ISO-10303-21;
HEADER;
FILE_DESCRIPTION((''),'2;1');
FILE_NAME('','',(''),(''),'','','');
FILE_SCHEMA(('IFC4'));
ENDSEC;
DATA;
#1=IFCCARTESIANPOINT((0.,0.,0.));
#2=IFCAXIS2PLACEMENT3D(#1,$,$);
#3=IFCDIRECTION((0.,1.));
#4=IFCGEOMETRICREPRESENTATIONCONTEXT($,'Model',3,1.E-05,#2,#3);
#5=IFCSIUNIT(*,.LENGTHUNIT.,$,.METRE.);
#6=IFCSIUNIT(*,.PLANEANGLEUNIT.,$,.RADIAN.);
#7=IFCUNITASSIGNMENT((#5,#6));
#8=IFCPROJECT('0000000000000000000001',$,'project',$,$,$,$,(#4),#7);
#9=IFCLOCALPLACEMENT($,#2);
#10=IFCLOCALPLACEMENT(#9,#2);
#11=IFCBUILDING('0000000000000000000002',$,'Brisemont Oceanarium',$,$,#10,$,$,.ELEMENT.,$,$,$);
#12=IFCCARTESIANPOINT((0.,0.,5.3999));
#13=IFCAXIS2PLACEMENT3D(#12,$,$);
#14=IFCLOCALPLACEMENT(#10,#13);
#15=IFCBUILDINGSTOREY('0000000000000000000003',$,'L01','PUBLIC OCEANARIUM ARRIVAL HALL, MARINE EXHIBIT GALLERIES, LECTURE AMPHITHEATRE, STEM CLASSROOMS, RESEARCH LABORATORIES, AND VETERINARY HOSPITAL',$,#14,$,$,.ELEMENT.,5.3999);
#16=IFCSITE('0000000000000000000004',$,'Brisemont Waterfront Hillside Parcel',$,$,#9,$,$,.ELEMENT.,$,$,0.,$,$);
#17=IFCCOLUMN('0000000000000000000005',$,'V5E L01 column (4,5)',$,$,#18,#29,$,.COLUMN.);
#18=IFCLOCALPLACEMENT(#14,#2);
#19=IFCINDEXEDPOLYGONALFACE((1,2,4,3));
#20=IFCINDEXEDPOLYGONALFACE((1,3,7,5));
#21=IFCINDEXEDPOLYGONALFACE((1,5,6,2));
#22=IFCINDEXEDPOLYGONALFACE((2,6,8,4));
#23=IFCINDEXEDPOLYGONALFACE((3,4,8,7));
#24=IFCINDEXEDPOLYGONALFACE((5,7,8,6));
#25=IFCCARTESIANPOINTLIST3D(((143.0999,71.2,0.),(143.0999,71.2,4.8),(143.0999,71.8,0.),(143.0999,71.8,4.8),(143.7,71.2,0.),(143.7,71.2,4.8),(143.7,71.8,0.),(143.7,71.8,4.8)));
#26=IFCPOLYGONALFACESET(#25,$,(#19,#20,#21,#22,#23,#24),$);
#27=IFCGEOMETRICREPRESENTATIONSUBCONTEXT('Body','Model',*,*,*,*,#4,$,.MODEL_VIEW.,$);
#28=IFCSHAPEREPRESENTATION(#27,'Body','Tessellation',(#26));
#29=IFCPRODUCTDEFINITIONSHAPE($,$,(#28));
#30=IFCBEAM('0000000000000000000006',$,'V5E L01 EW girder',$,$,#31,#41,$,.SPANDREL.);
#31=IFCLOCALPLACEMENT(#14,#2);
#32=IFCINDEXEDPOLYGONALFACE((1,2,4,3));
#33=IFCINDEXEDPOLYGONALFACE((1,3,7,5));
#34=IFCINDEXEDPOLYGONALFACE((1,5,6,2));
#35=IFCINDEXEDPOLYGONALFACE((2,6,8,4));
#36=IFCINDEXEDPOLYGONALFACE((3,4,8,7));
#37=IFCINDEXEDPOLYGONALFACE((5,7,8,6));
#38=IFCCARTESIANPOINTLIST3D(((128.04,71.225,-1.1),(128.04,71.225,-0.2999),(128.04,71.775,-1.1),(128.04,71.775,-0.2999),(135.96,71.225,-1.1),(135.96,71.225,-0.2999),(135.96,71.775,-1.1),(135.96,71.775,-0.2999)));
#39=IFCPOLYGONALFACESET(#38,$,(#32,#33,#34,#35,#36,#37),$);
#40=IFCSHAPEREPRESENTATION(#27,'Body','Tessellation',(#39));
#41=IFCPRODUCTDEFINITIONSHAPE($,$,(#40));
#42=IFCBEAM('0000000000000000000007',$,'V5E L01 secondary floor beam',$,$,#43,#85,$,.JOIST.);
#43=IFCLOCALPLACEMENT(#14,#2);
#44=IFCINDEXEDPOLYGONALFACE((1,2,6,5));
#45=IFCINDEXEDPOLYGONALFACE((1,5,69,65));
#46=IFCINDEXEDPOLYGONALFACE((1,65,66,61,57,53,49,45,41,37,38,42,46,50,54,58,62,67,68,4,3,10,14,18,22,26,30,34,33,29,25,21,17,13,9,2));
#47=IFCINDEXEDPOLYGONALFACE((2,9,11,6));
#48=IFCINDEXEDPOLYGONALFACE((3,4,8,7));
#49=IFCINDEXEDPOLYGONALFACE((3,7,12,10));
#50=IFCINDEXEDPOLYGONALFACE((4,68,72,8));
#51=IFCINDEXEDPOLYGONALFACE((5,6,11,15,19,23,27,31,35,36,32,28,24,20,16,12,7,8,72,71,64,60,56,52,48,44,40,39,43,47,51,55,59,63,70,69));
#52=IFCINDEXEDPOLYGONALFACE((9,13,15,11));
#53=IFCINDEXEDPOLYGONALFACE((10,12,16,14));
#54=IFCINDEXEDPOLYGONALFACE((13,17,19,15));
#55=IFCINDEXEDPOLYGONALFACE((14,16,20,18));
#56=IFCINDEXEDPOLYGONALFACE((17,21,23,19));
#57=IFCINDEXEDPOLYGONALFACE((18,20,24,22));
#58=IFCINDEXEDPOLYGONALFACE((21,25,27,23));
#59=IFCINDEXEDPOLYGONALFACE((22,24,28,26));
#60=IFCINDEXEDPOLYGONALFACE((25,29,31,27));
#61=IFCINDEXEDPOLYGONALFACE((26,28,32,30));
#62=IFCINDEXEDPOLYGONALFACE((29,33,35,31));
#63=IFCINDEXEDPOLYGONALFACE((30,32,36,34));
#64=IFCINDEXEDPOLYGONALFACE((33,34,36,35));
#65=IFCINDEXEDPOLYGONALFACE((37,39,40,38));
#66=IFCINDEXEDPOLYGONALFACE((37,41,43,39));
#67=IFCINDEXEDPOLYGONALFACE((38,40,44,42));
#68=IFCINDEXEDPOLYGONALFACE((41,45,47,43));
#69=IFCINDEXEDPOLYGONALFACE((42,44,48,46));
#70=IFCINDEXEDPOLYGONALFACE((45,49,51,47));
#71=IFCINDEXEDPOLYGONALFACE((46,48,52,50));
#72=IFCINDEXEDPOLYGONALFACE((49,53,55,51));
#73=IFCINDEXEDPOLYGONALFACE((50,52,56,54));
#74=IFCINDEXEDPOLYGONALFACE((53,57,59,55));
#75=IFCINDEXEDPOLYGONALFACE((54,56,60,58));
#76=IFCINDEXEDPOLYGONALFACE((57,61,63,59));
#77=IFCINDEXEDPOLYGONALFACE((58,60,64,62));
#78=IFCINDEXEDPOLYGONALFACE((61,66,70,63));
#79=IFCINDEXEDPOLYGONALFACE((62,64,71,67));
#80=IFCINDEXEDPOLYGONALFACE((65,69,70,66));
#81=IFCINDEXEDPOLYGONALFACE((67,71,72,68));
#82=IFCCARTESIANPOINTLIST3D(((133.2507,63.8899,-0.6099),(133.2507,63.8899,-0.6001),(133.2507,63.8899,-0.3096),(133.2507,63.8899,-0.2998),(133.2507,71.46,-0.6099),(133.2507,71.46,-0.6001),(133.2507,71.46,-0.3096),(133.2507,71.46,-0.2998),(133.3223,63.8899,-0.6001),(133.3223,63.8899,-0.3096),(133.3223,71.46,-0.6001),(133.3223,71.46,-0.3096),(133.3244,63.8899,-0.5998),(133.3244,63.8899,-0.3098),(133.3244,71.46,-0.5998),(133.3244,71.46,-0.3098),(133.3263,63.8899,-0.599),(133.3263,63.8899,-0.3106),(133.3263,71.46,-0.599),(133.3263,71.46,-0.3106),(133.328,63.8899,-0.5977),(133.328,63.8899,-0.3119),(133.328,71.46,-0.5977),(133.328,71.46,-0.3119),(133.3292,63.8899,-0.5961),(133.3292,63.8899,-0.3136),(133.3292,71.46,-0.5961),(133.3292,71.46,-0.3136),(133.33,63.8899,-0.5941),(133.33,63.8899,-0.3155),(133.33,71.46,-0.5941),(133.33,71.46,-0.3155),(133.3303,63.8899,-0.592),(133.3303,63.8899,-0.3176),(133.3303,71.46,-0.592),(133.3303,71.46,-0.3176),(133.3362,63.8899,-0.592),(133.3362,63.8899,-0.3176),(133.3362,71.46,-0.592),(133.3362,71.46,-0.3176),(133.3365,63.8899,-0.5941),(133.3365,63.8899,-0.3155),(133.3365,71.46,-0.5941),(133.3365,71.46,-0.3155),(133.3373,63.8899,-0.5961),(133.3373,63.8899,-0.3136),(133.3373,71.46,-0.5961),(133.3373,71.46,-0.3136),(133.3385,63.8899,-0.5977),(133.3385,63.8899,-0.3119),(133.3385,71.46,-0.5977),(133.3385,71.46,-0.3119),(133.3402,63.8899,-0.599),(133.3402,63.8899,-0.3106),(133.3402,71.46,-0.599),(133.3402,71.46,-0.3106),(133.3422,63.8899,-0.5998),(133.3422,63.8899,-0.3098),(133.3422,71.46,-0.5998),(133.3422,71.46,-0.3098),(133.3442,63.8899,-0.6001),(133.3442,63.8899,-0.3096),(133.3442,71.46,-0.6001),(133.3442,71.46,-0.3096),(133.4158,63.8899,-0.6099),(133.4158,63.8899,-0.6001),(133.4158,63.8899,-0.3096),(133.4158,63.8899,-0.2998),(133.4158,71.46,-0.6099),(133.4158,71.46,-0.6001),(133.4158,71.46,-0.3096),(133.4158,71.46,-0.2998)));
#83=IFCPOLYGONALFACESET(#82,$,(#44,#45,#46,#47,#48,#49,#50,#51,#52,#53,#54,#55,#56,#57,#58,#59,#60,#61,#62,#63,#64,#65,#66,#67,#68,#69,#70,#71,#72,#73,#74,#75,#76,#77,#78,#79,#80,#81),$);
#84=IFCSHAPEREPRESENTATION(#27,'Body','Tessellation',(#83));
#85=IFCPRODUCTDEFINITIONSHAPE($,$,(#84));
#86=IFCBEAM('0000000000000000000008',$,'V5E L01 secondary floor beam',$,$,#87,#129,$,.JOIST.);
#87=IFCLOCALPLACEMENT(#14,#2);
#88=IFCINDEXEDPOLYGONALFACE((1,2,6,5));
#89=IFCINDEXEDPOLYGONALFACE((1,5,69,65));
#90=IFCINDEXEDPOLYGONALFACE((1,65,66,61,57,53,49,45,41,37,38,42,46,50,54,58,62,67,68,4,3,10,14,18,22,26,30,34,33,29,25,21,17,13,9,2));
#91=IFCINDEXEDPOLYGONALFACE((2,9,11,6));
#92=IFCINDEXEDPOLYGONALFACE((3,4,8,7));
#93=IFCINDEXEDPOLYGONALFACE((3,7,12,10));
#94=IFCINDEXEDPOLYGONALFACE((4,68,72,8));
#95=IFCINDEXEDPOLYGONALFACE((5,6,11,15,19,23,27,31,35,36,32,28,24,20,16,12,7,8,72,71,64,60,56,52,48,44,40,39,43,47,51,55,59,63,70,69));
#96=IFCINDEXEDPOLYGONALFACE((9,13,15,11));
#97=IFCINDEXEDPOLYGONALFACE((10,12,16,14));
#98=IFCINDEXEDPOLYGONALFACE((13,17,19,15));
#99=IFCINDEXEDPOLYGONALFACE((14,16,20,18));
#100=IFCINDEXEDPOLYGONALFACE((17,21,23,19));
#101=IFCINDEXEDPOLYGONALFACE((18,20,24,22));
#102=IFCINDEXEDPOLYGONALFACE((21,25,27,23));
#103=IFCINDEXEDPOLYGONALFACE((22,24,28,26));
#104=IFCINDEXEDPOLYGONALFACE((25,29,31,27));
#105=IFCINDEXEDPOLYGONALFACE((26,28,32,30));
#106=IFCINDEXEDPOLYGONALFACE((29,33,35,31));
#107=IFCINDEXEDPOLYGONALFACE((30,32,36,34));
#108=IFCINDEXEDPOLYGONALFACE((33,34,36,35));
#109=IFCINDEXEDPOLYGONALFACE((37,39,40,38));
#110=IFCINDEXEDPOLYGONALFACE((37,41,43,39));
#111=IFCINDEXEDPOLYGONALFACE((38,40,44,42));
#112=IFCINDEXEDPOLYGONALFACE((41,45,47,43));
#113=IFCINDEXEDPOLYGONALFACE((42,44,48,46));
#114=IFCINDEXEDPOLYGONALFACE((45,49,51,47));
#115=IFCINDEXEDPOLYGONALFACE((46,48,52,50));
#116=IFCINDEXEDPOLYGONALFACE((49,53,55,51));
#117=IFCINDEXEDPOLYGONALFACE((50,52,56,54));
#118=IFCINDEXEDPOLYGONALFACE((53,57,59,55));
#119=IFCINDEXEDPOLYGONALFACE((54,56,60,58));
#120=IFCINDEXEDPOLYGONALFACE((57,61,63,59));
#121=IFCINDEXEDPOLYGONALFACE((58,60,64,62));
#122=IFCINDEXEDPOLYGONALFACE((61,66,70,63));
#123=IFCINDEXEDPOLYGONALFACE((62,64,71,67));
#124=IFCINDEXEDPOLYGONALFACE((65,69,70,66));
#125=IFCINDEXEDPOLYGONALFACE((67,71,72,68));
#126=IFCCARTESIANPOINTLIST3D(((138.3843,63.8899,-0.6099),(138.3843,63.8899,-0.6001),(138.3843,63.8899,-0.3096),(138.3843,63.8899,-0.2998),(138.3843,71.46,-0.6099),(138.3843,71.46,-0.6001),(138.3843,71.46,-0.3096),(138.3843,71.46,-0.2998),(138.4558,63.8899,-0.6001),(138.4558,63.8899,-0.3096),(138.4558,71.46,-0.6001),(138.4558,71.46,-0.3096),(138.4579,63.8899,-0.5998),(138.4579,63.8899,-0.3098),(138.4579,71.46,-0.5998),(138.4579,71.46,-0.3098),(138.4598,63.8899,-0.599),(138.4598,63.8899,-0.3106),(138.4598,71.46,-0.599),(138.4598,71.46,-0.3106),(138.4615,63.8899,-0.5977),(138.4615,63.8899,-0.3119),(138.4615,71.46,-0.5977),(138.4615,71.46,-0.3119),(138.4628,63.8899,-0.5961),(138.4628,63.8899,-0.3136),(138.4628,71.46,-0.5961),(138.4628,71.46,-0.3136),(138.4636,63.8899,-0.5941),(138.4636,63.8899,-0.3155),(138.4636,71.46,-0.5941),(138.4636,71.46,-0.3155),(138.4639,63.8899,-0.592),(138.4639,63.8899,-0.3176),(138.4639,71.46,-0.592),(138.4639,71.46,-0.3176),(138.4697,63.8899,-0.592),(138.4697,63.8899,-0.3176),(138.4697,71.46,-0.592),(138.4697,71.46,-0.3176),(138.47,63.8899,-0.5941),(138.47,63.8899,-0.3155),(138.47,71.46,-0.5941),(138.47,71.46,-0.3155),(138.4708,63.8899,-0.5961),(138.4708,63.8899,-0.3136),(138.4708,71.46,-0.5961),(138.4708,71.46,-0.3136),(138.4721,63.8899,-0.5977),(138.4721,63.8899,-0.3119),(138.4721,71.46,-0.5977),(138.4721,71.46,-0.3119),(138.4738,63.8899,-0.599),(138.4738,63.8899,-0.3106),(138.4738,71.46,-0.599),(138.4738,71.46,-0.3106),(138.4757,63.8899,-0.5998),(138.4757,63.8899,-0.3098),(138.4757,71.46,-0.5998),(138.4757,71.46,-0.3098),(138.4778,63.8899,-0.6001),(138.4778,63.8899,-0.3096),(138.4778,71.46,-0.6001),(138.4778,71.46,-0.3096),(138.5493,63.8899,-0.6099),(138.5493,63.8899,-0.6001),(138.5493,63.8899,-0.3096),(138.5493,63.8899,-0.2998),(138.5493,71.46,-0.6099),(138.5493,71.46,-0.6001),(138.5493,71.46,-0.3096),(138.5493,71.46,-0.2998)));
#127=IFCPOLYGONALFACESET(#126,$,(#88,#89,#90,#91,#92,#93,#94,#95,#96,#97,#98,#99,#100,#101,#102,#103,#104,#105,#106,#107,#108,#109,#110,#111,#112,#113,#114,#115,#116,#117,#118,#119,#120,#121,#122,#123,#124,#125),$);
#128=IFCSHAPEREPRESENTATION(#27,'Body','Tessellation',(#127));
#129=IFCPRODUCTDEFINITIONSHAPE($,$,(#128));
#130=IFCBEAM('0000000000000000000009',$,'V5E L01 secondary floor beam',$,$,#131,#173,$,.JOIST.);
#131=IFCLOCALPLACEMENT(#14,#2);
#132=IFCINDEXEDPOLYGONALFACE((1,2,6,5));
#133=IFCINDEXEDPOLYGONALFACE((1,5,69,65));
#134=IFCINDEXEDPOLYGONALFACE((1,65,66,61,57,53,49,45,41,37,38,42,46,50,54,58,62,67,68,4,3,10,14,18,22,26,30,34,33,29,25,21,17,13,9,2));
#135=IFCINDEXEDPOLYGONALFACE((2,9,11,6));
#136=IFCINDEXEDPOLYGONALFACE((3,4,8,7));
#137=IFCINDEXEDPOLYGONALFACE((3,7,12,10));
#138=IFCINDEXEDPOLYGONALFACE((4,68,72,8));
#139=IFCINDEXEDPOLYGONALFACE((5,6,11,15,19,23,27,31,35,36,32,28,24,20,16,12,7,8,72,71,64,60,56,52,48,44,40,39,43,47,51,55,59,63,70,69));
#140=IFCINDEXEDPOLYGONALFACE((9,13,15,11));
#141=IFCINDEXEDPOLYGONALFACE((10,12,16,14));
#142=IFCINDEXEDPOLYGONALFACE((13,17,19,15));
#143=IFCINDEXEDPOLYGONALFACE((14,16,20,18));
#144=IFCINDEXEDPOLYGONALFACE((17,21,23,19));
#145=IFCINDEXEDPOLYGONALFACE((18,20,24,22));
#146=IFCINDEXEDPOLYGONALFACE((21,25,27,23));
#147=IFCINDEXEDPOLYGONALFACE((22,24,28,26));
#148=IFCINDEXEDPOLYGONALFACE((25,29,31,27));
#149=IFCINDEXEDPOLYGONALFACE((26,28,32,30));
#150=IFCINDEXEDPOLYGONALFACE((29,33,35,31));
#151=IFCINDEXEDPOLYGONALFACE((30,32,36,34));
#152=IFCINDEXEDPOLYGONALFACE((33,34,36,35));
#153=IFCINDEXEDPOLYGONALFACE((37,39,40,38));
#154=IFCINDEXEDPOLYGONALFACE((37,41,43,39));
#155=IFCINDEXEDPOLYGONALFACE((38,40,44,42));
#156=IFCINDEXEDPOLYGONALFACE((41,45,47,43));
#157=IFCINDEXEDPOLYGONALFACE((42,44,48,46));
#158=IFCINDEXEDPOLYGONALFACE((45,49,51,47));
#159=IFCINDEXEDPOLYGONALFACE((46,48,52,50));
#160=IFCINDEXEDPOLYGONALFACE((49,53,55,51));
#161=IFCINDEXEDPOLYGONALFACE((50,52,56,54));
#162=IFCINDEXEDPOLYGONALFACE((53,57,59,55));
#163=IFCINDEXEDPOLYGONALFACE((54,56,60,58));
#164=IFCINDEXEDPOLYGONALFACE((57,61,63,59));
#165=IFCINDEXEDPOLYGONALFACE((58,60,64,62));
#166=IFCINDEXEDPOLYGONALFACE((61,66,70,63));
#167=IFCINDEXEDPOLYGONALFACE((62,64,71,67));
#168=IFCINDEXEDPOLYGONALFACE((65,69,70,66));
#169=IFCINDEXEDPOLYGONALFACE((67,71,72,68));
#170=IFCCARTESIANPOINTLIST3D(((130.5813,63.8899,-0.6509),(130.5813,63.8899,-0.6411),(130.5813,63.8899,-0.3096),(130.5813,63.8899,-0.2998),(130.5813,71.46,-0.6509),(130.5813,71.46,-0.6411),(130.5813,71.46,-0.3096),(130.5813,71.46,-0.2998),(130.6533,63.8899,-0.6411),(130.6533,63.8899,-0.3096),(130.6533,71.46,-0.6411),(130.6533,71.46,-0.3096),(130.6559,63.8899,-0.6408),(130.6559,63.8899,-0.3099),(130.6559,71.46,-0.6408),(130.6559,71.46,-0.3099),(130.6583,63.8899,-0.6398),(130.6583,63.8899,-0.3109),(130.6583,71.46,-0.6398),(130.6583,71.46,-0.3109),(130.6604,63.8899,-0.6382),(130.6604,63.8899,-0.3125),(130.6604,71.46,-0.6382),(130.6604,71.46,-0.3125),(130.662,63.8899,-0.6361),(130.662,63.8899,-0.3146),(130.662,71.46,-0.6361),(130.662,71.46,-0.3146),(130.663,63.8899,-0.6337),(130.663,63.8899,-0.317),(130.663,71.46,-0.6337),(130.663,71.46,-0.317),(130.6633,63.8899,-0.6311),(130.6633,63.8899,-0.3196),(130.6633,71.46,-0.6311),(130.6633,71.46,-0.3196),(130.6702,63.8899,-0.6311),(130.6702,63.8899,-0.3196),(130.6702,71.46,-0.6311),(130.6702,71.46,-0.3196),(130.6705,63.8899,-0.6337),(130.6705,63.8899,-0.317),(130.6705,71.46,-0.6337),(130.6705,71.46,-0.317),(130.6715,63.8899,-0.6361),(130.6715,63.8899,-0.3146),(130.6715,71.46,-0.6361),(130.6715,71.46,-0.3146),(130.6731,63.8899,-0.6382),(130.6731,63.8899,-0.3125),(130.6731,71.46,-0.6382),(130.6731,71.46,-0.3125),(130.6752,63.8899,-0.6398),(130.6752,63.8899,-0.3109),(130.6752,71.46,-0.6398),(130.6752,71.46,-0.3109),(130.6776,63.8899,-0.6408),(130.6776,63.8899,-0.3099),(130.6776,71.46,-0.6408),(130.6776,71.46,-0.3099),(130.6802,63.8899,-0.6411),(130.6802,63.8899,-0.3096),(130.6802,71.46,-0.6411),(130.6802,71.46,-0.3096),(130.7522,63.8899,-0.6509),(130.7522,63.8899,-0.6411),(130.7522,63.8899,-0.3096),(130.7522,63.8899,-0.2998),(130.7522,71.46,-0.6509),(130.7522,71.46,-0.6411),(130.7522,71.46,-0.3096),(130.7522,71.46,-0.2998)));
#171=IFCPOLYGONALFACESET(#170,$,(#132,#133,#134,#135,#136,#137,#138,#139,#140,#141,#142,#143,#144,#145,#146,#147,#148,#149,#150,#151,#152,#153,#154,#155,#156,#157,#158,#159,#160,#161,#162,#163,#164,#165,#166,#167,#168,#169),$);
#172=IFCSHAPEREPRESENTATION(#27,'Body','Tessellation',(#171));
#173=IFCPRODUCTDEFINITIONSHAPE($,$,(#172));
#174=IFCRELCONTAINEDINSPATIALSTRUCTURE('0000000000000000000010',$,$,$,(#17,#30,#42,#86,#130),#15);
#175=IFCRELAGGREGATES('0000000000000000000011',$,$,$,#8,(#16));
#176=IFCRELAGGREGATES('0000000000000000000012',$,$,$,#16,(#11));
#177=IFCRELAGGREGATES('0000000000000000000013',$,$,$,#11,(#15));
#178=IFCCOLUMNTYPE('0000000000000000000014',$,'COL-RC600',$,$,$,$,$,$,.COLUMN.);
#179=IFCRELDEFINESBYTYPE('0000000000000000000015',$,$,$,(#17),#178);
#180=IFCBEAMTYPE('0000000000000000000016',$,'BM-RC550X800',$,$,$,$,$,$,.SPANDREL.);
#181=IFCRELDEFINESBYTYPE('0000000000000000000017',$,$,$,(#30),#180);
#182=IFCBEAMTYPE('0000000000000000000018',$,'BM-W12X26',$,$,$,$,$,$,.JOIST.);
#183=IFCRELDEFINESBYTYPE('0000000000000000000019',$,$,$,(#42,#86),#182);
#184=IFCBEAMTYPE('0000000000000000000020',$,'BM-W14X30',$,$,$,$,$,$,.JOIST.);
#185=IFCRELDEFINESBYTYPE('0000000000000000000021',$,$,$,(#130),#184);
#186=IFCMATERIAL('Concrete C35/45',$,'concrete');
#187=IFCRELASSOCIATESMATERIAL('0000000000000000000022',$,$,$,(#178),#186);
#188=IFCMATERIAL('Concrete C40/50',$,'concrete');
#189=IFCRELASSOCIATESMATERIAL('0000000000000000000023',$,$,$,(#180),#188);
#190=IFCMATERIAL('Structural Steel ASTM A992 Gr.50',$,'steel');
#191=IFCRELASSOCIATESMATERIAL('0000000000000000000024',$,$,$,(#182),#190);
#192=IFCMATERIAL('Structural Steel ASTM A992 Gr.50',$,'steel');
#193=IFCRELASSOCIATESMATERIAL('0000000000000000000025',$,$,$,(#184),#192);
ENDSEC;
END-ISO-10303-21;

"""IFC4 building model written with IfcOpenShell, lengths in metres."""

from ifc_helpers import new_model, si_unit, direction, frame, origin, origin_2d, place, context, subcontext, project, spatial, rectangle, i_section, extrude, material, material_profile, profile_set, type_object, element, save


model = new_model("IFC4")

# Units and contexts
model_context = context("Model", 3, precision=1e-05, world=origin(), true_north=direction((0.0, 1.0)))
body_context = subcontext(model_context, "Body", "Model", "MODEL_VIEW")
ifc_project = project(units=[si_unit("LENGTHUNIT", "METRE"), si_unit("PLANEANGLEUNIT", "RADIAN")], contexts=[model_context])

# Site, building, storey
site_placement = place(None, origin())
site = spatial("IfcSite", under=ifc_project, at=site_placement, Name="Brisemont Waterfront Hillside Parcel", CompositionType="ELEMENT", RefElevation=0.0)
building_placement = place(site_placement, origin())
building = spatial("IfcBuilding", under=site, at=building_placement, Name="Brisemont Oceanarium", CompositionType="ELEMENT")
storey_placement = place(building_placement, frame((0.0, 0.0, 5.3999)))
storey = spatial("IfcBuildingStorey", under=building, at=storey_placement, Name="L01", Description="PUBLIC OCEANARIUM ARRIVAL HALL, MARINE EXHIBIT GALLERIES, LECTURE AMPHITHEATRE, STEM CLASSROOMS, RESEARCH LABORATORIES, AND VETERINARY HOSPITAL", CompositionType="ELEMENT", Elevation=5.3999)

# Column
ifc_material_1 = material(Name="Concrete C35/45", Category="concrete")
ifc_material_profile_1 = material_profile(ifc_material_1, rectangle(XDim=0.6001, YDim=0.6001, at=origin_2d()), Name="RC-COL-600X600")
ifc_profile_set_1 = profile_set([ifc_material_profile_1], Name="Concrete C35/45")
column_type_1 = type_object("IfcColumnType", Name="COL-RC600", PredefinedType="COLUMN", material=ifc_profile_set_1)
column_1_placement = place(storey_placement, frame((143.3999, 71.5, 0.0), z_axis=(0.0, 0.0, 1.0), x_axis=(0.0, 1.0, 0.0)))
element("IfcColumn", 1, at=column_1_placement, inside=storey, type_object=column_type_1, Name="V5E L01 column (4,5)", PredefinedType="COLUMN", context=body_context, shape_type="SweptSolid", body=[
    extrude(rectangle(XDim=0.6001, YDim=0.6001, at=origin_2d()), origin(), (0.0, 0.0, 1.0), 4.8),
])

# Beams
ifc_material_2 = material(Name="Concrete C40/50", Category="concrete")
ifc_material_profile_2 = material_profile(ifc_material_2, rectangle(XDim=0.55, YDim=0.8, at=origin_2d()), Name="RC-BM-550X800")
ifc_profile_set_2 = profile_set([ifc_material_profile_2], Name="Concrete C40/50")
beam_type_1 = type_object("IfcBeamType", Name="BM-RC550X800", PredefinedType="SPANDREL", material=ifc_profile_set_2)
beam_1_placement = place(storey_placement, frame((128.04, 71.5, -0.7), z_axis=(1.0, 0.0, 0.0), x_axis=(0.0, 1.0, 0.0)))
element("IfcBeam", 2, at=beam_1_placement, inside=storey, type_object=beam_type_1, Name="V5E L01 EW girder", PredefinedType="SPANDREL", context=body_context, shape_type="SweptSolid", body=[
    extrude(rectangle(XDim=0.55, YDim=0.8, at=origin_2d()), origin(), (0.0, 0.0, 1.0), 7.9199),
])
ifc_material_3 = material(Name="Structural Steel ASTM A992 Gr.50", Category="steel")
ifc_material_profile_3 = material_profile(ifc_material_3, i_section(OverallWidth=0.165, OverallDepth=0.3101, WebThickness=0.0059, FlangeThickness=0.0098, FilletRadius=0.0081, at=origin_2d()), Name="W12X26")
ifc_profile_set_3 = profile_set([ifc_material_profile_3], Name="Structural Steel ASTM A992 Gr.50")
beam_type_2 = type_object("IfcBeamType", Name="BM-W12X26", PredefinedType="JOIST", material=ifc_profile_set_3)
for number, where, z_axis, x_axis, name in (
    (3, (133.3333, 63.8899, -0.4548), (0.0, 1.0, 0.0), (-1.0, 0.0, 0.0), "V5E L01 secondary floor beam"),
    (4, (138.4668, 63.8899, -0.4548), (0.0, 1.0, 0.0), (-1.0, 0.0, 0.0), "V5E L01 secondary floor beam"),
):
    element("IfcBeam", number, at=place(storey_placement, frame(where, z_axis=z_axis, x_axis=x_axis)), inside=storey, type_object=beam_type_2, Name=name, PredefinedType="JOIST", context=body_context, shape_type="SweptSolid", body=[
        extrude(i_section(OverallWidth=0.165, OverallDepth=0.3101, WebThickness=0.0059, FlangeThickness=0.0098, FilletRadius=0.0081, at=origin_2d()), origin(), (0.0, 0.0, 1.0), 7.5701),
    ])
ifc_material_4 = material(Name="Structural Steel ASTM A992 Gr.50", Category="steel")
ifc_material_profile_4 = material_profile(ifc_material_4, i_section(OverallWidth=0.1709, OverallDepth=0.3511, WebThickness=0.0068, FlangeThickness=0.0098, FilletRadius=0.01, at=origin_2d()), Name="W14X30")
ifc_profile_set_4 = profile_set([ifc_material_profile_4], Name="Structural Steel ASTM A992 Gr.50")
beam_type_3 = type_object("IfcBeamType", Name="BM-W14X30", PredefinedType="JOIST", material=ifc_profile_set_4)
beam_2_placement = place(storey_placement, frame((130.6667, 63.8899, -0.4753), z_axis=(0.0, 1.0, 0.0), x_axis=(-1.0, 0.0, 0.0)))
element("IfcBeam", 5, at=beam_2_placement, inside=storey, type_object=beam_type_3, Name="V5E L01 secondary floor beam", PredefinedType="JOIST", context=body_context, shape_type="SweptSolid", body=[
    extrude(i_section(OverallWidth=0.1709, OverallDepth=0.3511, WebThickness=0.0068, FlangeThickness=0.0098, FilletRadius=0.01, at=origin_2d()), origin(), (0.0, 0.0, 1.0), 7.5701),
])

save(model, "model.ifc")
